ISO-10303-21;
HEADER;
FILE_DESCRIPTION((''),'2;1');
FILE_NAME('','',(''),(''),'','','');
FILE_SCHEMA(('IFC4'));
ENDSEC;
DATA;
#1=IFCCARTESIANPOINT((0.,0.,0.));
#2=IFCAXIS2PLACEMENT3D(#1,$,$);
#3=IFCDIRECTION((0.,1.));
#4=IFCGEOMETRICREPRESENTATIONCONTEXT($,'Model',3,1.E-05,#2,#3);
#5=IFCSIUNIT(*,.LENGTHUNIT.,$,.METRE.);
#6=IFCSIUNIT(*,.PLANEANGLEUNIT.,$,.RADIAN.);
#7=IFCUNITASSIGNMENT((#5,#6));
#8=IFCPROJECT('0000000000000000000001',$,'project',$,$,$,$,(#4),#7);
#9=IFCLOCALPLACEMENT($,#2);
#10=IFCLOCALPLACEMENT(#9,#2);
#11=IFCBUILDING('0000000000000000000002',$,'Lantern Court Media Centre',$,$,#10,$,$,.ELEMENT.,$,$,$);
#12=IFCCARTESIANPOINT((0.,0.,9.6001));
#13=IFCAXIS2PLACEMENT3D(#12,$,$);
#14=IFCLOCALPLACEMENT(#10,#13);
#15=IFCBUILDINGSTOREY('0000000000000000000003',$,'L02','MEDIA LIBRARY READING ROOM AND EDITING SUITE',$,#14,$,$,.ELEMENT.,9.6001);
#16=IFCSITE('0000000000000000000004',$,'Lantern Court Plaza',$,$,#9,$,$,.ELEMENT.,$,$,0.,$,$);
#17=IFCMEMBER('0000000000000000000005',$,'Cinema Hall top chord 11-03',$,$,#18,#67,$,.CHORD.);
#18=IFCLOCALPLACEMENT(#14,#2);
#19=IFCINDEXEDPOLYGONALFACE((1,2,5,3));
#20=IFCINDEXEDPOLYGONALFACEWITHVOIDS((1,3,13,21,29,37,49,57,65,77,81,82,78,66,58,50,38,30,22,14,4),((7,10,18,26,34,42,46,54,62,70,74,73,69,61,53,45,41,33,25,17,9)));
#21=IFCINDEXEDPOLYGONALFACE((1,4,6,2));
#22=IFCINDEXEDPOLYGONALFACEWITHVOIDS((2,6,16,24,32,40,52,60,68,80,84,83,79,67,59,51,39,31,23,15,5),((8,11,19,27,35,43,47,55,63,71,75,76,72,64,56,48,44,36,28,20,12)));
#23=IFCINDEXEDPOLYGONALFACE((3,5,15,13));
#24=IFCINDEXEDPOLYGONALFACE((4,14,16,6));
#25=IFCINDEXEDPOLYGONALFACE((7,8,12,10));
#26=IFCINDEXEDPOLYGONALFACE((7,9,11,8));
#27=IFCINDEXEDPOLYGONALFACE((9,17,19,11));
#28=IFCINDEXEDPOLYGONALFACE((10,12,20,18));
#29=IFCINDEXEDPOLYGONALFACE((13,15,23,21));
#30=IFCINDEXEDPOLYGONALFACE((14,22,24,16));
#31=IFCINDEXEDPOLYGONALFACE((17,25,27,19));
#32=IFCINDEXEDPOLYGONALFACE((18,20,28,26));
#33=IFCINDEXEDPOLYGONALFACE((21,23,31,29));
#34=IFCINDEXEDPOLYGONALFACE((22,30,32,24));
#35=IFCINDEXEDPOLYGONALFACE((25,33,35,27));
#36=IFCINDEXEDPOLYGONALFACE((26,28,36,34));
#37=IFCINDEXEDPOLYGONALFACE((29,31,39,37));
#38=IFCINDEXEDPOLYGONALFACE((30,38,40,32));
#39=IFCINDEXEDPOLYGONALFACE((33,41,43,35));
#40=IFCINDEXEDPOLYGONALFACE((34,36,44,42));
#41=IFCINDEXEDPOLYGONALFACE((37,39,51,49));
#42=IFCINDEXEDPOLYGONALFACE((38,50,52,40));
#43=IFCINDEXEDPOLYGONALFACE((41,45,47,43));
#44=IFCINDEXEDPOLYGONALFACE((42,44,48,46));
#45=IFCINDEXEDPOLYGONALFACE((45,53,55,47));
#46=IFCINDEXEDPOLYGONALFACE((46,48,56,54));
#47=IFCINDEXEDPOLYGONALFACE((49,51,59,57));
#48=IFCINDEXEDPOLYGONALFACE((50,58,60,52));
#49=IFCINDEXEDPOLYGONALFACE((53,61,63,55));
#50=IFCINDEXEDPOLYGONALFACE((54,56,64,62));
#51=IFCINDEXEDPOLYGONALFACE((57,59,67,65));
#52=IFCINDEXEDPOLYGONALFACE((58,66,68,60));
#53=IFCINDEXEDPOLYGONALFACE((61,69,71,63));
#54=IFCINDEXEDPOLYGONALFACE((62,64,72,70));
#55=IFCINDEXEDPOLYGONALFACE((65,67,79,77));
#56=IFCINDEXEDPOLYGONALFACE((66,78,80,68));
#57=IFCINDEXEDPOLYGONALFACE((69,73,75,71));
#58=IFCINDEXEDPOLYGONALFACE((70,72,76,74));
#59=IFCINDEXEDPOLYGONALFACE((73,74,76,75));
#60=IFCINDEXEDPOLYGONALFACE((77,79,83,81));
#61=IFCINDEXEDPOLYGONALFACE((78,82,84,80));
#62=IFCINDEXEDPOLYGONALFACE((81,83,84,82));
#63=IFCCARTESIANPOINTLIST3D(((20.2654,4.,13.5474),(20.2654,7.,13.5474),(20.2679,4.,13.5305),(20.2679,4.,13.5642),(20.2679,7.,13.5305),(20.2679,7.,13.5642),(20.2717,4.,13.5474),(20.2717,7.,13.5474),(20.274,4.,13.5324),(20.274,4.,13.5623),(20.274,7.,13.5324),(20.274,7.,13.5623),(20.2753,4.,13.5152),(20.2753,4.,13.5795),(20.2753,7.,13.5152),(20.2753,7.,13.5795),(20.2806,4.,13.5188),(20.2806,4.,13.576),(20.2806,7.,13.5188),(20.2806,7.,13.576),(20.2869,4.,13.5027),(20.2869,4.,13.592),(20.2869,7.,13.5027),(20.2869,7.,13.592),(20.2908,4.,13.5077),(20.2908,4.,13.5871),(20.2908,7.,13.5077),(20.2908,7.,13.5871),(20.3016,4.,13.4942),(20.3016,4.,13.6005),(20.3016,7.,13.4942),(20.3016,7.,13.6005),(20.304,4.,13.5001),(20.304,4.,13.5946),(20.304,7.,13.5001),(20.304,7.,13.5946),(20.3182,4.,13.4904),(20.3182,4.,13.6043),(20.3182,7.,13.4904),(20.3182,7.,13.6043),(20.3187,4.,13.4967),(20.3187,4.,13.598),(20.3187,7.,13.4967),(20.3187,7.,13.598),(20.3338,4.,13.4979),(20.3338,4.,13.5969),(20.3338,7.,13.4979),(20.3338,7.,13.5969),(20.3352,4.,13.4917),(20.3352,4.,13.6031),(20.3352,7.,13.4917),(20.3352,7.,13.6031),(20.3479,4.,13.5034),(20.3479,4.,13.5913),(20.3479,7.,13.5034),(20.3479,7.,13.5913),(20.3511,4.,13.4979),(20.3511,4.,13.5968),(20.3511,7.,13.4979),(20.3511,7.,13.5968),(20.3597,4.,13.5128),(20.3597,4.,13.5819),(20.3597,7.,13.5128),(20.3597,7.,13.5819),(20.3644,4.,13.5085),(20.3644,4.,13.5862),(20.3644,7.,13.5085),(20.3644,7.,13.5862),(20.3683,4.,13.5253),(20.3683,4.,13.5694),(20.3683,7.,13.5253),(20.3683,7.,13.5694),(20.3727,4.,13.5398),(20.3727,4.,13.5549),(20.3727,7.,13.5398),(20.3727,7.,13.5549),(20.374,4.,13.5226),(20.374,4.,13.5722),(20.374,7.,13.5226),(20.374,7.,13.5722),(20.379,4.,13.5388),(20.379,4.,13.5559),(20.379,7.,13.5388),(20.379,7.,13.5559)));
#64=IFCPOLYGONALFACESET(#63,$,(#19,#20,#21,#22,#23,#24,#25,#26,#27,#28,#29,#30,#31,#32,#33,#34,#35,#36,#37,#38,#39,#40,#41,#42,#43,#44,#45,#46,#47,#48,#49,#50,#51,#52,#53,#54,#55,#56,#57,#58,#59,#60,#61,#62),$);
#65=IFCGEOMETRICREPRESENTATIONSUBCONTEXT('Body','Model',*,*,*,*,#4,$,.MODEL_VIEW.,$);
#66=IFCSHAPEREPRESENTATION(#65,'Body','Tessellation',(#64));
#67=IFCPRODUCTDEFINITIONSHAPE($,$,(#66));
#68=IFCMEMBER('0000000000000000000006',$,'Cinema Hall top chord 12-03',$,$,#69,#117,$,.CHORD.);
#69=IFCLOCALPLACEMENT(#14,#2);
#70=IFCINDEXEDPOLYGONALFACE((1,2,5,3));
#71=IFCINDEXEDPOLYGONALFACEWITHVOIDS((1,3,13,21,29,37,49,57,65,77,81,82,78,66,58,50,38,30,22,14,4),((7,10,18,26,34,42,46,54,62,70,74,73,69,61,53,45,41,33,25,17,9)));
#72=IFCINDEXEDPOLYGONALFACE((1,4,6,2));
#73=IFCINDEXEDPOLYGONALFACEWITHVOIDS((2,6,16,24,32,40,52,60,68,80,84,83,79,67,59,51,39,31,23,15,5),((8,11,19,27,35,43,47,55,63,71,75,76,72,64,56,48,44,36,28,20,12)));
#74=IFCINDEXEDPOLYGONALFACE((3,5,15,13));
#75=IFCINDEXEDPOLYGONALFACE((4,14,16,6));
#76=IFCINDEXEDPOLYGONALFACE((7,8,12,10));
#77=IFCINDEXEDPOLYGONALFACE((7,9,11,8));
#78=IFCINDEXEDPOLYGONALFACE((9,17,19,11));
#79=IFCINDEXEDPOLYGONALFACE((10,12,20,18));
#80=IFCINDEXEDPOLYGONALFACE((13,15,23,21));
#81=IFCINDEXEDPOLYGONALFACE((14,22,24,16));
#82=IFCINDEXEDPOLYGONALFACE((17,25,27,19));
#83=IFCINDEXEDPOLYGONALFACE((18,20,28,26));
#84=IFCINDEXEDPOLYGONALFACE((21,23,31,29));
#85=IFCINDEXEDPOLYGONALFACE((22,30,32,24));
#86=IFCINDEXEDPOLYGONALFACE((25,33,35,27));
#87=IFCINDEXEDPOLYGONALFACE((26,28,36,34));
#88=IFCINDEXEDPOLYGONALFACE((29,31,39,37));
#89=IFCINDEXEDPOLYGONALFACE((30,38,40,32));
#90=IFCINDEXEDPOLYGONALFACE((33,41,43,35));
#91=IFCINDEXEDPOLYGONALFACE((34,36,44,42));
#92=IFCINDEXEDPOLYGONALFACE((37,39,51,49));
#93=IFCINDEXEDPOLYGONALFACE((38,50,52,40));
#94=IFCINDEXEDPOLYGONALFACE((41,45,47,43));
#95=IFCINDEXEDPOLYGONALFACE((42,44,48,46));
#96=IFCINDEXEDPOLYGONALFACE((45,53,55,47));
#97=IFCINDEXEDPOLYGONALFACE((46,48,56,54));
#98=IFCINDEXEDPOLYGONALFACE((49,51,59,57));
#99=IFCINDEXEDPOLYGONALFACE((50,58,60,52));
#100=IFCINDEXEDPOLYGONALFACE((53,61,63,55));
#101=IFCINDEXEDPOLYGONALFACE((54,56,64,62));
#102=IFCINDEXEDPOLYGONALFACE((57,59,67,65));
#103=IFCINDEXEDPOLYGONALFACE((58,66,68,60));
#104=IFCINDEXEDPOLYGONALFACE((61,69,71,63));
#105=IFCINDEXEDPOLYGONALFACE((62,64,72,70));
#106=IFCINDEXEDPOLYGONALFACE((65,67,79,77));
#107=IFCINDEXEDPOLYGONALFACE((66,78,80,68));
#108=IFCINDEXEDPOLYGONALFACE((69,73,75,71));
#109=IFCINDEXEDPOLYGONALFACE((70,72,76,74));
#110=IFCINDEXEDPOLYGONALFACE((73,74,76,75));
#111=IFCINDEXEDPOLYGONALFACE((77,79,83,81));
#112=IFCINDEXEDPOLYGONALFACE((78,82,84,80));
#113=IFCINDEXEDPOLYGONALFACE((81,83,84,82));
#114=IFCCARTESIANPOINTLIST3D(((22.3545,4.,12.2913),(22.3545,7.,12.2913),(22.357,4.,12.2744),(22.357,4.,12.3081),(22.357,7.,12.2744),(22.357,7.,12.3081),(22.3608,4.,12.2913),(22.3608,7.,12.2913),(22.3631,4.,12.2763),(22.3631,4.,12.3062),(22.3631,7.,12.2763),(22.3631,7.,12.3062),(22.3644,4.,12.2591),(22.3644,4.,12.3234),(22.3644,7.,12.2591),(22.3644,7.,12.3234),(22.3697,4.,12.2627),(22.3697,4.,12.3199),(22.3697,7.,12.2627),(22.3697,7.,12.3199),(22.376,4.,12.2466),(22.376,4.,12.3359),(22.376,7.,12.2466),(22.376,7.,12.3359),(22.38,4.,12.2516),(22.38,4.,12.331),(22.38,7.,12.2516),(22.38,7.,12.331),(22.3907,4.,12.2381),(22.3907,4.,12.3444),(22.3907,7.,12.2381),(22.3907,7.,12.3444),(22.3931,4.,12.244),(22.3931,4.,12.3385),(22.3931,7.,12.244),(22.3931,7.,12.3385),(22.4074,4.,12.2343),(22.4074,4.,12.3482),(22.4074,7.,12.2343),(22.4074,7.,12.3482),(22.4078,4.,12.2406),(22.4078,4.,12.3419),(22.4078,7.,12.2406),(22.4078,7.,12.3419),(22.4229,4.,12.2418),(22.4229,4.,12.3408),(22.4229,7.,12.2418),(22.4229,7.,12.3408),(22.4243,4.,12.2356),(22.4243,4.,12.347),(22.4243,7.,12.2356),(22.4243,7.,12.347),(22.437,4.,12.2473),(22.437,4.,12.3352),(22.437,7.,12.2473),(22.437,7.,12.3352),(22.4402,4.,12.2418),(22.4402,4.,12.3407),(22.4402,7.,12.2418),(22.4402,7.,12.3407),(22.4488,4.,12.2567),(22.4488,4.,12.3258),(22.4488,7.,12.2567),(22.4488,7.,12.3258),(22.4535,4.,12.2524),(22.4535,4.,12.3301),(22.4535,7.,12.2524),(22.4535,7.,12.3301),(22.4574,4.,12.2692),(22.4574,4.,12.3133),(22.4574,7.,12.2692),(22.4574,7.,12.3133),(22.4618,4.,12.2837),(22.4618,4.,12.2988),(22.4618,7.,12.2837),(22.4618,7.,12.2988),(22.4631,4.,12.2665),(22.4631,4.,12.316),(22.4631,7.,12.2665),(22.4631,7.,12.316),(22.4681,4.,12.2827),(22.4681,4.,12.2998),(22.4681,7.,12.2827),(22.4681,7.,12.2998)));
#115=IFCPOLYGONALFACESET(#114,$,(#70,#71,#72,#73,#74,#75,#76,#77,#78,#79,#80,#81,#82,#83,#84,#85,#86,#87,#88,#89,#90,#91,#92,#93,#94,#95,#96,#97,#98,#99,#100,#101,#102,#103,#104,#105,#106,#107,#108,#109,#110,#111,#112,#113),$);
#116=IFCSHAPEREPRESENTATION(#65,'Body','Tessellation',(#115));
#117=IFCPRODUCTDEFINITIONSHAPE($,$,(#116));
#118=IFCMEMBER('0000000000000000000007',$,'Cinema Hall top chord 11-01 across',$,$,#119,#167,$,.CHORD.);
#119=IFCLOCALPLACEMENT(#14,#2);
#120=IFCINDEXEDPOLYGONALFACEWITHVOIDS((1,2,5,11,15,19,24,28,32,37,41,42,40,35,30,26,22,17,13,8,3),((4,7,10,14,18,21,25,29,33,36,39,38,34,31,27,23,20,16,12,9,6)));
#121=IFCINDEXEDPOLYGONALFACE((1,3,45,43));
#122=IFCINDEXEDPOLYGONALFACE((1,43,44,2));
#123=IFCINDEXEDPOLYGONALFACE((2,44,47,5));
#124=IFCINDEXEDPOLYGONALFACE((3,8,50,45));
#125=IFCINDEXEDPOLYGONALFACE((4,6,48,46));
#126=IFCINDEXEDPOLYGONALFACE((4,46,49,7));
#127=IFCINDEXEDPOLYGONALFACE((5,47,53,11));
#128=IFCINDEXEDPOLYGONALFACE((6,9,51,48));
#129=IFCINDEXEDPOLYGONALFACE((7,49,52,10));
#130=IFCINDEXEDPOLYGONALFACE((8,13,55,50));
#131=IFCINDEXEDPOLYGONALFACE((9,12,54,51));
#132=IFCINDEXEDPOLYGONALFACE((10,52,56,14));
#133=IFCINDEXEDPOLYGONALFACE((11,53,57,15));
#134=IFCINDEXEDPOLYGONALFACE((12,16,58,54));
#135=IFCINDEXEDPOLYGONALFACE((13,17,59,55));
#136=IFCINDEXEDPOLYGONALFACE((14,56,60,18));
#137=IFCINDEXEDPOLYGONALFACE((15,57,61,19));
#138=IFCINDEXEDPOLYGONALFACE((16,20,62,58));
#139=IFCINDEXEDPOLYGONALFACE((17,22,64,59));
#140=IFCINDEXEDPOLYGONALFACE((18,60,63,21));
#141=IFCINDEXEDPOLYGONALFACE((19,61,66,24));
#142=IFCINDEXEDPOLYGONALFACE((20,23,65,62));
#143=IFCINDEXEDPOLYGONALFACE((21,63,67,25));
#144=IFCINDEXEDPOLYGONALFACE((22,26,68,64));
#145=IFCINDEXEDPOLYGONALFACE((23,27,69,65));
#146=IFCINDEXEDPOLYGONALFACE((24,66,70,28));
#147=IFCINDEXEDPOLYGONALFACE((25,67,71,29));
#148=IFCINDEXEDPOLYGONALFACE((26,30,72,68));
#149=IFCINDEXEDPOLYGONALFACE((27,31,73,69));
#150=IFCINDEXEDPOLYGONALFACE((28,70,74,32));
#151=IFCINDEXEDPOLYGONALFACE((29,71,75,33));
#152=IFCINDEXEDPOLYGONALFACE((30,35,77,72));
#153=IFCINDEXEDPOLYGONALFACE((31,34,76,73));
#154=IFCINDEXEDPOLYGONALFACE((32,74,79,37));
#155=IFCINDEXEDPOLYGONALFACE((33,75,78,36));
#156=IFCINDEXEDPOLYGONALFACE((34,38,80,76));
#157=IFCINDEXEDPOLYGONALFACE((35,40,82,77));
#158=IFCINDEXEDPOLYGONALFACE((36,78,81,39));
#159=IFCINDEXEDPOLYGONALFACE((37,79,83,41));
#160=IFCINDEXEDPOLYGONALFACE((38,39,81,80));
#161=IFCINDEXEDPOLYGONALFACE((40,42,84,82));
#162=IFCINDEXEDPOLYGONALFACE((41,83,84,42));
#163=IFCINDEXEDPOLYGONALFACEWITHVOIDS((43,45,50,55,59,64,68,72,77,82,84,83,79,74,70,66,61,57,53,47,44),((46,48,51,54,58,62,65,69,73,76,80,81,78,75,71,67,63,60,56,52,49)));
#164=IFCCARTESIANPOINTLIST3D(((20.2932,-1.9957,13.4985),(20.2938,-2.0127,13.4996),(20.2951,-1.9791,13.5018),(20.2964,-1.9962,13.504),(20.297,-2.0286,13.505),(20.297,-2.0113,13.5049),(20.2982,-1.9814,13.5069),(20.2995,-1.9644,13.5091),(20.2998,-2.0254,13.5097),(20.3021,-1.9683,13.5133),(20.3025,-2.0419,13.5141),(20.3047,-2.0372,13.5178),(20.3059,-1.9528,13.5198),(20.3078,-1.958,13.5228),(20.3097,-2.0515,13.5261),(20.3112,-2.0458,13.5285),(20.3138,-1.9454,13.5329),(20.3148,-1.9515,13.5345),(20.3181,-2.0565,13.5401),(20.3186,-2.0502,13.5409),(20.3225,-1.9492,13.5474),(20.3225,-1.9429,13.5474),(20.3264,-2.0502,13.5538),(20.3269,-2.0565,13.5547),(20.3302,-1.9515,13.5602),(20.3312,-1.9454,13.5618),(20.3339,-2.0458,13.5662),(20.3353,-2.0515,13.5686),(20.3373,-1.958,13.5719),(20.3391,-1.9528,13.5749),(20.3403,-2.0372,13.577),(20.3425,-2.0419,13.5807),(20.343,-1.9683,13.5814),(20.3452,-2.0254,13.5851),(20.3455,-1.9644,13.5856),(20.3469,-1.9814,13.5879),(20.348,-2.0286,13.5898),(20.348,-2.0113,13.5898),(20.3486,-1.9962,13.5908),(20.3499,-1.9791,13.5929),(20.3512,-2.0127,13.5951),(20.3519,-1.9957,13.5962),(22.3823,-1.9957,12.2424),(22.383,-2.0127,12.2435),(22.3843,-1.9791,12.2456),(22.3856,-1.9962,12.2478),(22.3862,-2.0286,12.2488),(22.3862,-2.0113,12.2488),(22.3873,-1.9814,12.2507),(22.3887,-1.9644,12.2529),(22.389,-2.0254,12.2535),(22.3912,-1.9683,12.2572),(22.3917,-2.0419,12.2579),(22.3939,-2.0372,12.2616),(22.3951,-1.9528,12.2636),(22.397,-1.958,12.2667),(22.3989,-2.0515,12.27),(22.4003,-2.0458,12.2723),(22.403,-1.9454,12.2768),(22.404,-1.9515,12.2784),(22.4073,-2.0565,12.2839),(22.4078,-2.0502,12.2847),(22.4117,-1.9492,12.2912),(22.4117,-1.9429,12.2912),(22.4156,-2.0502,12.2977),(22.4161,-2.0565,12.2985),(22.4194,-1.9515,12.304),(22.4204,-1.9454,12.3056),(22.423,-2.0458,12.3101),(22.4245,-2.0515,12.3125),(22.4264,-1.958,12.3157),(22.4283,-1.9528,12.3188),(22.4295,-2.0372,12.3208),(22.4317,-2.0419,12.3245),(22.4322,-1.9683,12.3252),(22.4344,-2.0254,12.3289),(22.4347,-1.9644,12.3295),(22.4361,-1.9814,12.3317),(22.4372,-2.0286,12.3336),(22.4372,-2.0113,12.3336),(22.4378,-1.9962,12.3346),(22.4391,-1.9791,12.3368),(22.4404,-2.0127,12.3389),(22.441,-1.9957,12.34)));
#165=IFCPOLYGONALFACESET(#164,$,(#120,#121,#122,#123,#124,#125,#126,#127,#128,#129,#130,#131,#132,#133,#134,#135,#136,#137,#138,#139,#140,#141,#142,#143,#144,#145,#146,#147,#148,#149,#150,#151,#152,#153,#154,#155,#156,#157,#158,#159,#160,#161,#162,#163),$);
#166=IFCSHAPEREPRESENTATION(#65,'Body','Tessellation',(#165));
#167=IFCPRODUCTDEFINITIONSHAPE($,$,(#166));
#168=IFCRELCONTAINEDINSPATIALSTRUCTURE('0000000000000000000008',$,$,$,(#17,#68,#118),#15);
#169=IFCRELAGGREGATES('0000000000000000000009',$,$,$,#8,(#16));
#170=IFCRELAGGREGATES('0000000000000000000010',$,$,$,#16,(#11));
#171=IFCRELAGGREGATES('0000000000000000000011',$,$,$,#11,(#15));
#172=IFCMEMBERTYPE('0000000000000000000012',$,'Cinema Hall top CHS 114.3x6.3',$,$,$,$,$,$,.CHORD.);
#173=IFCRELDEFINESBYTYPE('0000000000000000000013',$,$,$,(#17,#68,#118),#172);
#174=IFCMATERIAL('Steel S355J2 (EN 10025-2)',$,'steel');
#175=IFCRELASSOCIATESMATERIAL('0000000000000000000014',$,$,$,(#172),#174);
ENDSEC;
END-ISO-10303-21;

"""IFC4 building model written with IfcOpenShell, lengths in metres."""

from ifc_helpers import new_model, si_unit, direction, frame, origin, origin_2d, place, context, subcontext, project, spatial, hollow_circle, extrude, material, material_profile, profile_set, type_object, element, save


model = new_model("IFC4")

# Units and contexts
model_context = context("Model", 3, precision=1e-05, world=origin(), true_north=direction((0.0, 1.0)))
body_context = subcontext(model_context, "Body", "Model", "MODEL_VIEW")
ifc_project = project(units=[si_unit("LENGTHUNIT", "METRE"), si_unit("PLANEANGLEUNIT", "RADIAN")], contexts=[model_context])

# Site, building, storey
site_placement = place(None, origin())
site = spatial("IfcSite", under=ifc_project, at=site_placement, Name="Lantern Court Plaza", CompositionType="ELEMENT", RefElevation=0.0)
building_placement = place(site_placement, origin())
building = spatial("IfcBuilding", under=site, at=building_placement, Name="Lantern Court Media Centre", CompositionType="ELEMENT")
storey_placement = place(building_placement, frame((0.0, 0.0, 9.6001)))
storey = spatial("IfcBuildingStorey", under=building, at=storey_placement, Name="L02", Description="MEDIA LIBRARY READING ROOM AND EDITING SUITE", CompositionType="ELEMENT", Elevation=9.6001)

# Members
ifc_material = material(Name="Steel S355J2 (EN 10025-2)", Category="steel")
ifc_material_profile_1 = material_profile(ifc_material, hollow_circle(Radius=0.0571, WallThickness=0.0063, at=origin_2d()), Name="Cinema Hall top CHS 114.3x6.3")
ifc_profile_set_1 = profile_set([ifc_material_profile_1], Name="Steel S355J2 (EN 10025-2)")
member_type_1 = type_object("IfcMemberType", Name="Cinema Hall top CHS 114.3x6.3", PredefinedType="CHORD", material=ifc_profile_set_1)
for number, where, z_axis, x_axis, name in (
    (1, (20.3225, 4.0, 13.5474), (0.0, 1.0, 0.0), (-1.0, 0.0, 0.0), "Cinema Hall top chord 11-03"),
    (2, (22.4116, 4.0, 12.2913), (0.0, 1.0, 0.0), (-1.0, 0.0, 0.0), "Cinema Hall top chord 12-03"),
):
    element("IfcMember", number, at=place(storey_placement, frame(where, z_axis=z_axis, x_axis=x_axis)), inside=storey, type_object=member_type_1, Name=name, PredefinedType="CHORD", context=body_context, shape_type="SweptSolid", body=[
        extrude(hollow_circle(Radius=0.0571, WallThickness=0.0063, at=origin_2d()), origin(), (0.0, 0.0, 1.0), 3.0),
    ])
for number, where, z_axis, x_axis, name in (
    (3, (20.3225, -2.0, 13.5474), (0.857015, 0.0, -0.515291), (0.0, 1.0, 0.0), "Cinema Hall top chord 11-01 across"),
):
    element("IfcMember", number, at=place(storey_placement, frame(where, z_axis=z_axis, x_axis=x_axis)), inside=storey, type_object=member_type_1, Name=name, PredefinedType="CHORD", context=body_context, shape_type="SweptSolid", body=[
        extrude(hollow_circle(Radius=0.0571, WallThickness=0.0063, at=origin_2d()), origin(), (0.0, 0.0, 1.0), 2.4377),
    ])

save(model, "model.ifc")
